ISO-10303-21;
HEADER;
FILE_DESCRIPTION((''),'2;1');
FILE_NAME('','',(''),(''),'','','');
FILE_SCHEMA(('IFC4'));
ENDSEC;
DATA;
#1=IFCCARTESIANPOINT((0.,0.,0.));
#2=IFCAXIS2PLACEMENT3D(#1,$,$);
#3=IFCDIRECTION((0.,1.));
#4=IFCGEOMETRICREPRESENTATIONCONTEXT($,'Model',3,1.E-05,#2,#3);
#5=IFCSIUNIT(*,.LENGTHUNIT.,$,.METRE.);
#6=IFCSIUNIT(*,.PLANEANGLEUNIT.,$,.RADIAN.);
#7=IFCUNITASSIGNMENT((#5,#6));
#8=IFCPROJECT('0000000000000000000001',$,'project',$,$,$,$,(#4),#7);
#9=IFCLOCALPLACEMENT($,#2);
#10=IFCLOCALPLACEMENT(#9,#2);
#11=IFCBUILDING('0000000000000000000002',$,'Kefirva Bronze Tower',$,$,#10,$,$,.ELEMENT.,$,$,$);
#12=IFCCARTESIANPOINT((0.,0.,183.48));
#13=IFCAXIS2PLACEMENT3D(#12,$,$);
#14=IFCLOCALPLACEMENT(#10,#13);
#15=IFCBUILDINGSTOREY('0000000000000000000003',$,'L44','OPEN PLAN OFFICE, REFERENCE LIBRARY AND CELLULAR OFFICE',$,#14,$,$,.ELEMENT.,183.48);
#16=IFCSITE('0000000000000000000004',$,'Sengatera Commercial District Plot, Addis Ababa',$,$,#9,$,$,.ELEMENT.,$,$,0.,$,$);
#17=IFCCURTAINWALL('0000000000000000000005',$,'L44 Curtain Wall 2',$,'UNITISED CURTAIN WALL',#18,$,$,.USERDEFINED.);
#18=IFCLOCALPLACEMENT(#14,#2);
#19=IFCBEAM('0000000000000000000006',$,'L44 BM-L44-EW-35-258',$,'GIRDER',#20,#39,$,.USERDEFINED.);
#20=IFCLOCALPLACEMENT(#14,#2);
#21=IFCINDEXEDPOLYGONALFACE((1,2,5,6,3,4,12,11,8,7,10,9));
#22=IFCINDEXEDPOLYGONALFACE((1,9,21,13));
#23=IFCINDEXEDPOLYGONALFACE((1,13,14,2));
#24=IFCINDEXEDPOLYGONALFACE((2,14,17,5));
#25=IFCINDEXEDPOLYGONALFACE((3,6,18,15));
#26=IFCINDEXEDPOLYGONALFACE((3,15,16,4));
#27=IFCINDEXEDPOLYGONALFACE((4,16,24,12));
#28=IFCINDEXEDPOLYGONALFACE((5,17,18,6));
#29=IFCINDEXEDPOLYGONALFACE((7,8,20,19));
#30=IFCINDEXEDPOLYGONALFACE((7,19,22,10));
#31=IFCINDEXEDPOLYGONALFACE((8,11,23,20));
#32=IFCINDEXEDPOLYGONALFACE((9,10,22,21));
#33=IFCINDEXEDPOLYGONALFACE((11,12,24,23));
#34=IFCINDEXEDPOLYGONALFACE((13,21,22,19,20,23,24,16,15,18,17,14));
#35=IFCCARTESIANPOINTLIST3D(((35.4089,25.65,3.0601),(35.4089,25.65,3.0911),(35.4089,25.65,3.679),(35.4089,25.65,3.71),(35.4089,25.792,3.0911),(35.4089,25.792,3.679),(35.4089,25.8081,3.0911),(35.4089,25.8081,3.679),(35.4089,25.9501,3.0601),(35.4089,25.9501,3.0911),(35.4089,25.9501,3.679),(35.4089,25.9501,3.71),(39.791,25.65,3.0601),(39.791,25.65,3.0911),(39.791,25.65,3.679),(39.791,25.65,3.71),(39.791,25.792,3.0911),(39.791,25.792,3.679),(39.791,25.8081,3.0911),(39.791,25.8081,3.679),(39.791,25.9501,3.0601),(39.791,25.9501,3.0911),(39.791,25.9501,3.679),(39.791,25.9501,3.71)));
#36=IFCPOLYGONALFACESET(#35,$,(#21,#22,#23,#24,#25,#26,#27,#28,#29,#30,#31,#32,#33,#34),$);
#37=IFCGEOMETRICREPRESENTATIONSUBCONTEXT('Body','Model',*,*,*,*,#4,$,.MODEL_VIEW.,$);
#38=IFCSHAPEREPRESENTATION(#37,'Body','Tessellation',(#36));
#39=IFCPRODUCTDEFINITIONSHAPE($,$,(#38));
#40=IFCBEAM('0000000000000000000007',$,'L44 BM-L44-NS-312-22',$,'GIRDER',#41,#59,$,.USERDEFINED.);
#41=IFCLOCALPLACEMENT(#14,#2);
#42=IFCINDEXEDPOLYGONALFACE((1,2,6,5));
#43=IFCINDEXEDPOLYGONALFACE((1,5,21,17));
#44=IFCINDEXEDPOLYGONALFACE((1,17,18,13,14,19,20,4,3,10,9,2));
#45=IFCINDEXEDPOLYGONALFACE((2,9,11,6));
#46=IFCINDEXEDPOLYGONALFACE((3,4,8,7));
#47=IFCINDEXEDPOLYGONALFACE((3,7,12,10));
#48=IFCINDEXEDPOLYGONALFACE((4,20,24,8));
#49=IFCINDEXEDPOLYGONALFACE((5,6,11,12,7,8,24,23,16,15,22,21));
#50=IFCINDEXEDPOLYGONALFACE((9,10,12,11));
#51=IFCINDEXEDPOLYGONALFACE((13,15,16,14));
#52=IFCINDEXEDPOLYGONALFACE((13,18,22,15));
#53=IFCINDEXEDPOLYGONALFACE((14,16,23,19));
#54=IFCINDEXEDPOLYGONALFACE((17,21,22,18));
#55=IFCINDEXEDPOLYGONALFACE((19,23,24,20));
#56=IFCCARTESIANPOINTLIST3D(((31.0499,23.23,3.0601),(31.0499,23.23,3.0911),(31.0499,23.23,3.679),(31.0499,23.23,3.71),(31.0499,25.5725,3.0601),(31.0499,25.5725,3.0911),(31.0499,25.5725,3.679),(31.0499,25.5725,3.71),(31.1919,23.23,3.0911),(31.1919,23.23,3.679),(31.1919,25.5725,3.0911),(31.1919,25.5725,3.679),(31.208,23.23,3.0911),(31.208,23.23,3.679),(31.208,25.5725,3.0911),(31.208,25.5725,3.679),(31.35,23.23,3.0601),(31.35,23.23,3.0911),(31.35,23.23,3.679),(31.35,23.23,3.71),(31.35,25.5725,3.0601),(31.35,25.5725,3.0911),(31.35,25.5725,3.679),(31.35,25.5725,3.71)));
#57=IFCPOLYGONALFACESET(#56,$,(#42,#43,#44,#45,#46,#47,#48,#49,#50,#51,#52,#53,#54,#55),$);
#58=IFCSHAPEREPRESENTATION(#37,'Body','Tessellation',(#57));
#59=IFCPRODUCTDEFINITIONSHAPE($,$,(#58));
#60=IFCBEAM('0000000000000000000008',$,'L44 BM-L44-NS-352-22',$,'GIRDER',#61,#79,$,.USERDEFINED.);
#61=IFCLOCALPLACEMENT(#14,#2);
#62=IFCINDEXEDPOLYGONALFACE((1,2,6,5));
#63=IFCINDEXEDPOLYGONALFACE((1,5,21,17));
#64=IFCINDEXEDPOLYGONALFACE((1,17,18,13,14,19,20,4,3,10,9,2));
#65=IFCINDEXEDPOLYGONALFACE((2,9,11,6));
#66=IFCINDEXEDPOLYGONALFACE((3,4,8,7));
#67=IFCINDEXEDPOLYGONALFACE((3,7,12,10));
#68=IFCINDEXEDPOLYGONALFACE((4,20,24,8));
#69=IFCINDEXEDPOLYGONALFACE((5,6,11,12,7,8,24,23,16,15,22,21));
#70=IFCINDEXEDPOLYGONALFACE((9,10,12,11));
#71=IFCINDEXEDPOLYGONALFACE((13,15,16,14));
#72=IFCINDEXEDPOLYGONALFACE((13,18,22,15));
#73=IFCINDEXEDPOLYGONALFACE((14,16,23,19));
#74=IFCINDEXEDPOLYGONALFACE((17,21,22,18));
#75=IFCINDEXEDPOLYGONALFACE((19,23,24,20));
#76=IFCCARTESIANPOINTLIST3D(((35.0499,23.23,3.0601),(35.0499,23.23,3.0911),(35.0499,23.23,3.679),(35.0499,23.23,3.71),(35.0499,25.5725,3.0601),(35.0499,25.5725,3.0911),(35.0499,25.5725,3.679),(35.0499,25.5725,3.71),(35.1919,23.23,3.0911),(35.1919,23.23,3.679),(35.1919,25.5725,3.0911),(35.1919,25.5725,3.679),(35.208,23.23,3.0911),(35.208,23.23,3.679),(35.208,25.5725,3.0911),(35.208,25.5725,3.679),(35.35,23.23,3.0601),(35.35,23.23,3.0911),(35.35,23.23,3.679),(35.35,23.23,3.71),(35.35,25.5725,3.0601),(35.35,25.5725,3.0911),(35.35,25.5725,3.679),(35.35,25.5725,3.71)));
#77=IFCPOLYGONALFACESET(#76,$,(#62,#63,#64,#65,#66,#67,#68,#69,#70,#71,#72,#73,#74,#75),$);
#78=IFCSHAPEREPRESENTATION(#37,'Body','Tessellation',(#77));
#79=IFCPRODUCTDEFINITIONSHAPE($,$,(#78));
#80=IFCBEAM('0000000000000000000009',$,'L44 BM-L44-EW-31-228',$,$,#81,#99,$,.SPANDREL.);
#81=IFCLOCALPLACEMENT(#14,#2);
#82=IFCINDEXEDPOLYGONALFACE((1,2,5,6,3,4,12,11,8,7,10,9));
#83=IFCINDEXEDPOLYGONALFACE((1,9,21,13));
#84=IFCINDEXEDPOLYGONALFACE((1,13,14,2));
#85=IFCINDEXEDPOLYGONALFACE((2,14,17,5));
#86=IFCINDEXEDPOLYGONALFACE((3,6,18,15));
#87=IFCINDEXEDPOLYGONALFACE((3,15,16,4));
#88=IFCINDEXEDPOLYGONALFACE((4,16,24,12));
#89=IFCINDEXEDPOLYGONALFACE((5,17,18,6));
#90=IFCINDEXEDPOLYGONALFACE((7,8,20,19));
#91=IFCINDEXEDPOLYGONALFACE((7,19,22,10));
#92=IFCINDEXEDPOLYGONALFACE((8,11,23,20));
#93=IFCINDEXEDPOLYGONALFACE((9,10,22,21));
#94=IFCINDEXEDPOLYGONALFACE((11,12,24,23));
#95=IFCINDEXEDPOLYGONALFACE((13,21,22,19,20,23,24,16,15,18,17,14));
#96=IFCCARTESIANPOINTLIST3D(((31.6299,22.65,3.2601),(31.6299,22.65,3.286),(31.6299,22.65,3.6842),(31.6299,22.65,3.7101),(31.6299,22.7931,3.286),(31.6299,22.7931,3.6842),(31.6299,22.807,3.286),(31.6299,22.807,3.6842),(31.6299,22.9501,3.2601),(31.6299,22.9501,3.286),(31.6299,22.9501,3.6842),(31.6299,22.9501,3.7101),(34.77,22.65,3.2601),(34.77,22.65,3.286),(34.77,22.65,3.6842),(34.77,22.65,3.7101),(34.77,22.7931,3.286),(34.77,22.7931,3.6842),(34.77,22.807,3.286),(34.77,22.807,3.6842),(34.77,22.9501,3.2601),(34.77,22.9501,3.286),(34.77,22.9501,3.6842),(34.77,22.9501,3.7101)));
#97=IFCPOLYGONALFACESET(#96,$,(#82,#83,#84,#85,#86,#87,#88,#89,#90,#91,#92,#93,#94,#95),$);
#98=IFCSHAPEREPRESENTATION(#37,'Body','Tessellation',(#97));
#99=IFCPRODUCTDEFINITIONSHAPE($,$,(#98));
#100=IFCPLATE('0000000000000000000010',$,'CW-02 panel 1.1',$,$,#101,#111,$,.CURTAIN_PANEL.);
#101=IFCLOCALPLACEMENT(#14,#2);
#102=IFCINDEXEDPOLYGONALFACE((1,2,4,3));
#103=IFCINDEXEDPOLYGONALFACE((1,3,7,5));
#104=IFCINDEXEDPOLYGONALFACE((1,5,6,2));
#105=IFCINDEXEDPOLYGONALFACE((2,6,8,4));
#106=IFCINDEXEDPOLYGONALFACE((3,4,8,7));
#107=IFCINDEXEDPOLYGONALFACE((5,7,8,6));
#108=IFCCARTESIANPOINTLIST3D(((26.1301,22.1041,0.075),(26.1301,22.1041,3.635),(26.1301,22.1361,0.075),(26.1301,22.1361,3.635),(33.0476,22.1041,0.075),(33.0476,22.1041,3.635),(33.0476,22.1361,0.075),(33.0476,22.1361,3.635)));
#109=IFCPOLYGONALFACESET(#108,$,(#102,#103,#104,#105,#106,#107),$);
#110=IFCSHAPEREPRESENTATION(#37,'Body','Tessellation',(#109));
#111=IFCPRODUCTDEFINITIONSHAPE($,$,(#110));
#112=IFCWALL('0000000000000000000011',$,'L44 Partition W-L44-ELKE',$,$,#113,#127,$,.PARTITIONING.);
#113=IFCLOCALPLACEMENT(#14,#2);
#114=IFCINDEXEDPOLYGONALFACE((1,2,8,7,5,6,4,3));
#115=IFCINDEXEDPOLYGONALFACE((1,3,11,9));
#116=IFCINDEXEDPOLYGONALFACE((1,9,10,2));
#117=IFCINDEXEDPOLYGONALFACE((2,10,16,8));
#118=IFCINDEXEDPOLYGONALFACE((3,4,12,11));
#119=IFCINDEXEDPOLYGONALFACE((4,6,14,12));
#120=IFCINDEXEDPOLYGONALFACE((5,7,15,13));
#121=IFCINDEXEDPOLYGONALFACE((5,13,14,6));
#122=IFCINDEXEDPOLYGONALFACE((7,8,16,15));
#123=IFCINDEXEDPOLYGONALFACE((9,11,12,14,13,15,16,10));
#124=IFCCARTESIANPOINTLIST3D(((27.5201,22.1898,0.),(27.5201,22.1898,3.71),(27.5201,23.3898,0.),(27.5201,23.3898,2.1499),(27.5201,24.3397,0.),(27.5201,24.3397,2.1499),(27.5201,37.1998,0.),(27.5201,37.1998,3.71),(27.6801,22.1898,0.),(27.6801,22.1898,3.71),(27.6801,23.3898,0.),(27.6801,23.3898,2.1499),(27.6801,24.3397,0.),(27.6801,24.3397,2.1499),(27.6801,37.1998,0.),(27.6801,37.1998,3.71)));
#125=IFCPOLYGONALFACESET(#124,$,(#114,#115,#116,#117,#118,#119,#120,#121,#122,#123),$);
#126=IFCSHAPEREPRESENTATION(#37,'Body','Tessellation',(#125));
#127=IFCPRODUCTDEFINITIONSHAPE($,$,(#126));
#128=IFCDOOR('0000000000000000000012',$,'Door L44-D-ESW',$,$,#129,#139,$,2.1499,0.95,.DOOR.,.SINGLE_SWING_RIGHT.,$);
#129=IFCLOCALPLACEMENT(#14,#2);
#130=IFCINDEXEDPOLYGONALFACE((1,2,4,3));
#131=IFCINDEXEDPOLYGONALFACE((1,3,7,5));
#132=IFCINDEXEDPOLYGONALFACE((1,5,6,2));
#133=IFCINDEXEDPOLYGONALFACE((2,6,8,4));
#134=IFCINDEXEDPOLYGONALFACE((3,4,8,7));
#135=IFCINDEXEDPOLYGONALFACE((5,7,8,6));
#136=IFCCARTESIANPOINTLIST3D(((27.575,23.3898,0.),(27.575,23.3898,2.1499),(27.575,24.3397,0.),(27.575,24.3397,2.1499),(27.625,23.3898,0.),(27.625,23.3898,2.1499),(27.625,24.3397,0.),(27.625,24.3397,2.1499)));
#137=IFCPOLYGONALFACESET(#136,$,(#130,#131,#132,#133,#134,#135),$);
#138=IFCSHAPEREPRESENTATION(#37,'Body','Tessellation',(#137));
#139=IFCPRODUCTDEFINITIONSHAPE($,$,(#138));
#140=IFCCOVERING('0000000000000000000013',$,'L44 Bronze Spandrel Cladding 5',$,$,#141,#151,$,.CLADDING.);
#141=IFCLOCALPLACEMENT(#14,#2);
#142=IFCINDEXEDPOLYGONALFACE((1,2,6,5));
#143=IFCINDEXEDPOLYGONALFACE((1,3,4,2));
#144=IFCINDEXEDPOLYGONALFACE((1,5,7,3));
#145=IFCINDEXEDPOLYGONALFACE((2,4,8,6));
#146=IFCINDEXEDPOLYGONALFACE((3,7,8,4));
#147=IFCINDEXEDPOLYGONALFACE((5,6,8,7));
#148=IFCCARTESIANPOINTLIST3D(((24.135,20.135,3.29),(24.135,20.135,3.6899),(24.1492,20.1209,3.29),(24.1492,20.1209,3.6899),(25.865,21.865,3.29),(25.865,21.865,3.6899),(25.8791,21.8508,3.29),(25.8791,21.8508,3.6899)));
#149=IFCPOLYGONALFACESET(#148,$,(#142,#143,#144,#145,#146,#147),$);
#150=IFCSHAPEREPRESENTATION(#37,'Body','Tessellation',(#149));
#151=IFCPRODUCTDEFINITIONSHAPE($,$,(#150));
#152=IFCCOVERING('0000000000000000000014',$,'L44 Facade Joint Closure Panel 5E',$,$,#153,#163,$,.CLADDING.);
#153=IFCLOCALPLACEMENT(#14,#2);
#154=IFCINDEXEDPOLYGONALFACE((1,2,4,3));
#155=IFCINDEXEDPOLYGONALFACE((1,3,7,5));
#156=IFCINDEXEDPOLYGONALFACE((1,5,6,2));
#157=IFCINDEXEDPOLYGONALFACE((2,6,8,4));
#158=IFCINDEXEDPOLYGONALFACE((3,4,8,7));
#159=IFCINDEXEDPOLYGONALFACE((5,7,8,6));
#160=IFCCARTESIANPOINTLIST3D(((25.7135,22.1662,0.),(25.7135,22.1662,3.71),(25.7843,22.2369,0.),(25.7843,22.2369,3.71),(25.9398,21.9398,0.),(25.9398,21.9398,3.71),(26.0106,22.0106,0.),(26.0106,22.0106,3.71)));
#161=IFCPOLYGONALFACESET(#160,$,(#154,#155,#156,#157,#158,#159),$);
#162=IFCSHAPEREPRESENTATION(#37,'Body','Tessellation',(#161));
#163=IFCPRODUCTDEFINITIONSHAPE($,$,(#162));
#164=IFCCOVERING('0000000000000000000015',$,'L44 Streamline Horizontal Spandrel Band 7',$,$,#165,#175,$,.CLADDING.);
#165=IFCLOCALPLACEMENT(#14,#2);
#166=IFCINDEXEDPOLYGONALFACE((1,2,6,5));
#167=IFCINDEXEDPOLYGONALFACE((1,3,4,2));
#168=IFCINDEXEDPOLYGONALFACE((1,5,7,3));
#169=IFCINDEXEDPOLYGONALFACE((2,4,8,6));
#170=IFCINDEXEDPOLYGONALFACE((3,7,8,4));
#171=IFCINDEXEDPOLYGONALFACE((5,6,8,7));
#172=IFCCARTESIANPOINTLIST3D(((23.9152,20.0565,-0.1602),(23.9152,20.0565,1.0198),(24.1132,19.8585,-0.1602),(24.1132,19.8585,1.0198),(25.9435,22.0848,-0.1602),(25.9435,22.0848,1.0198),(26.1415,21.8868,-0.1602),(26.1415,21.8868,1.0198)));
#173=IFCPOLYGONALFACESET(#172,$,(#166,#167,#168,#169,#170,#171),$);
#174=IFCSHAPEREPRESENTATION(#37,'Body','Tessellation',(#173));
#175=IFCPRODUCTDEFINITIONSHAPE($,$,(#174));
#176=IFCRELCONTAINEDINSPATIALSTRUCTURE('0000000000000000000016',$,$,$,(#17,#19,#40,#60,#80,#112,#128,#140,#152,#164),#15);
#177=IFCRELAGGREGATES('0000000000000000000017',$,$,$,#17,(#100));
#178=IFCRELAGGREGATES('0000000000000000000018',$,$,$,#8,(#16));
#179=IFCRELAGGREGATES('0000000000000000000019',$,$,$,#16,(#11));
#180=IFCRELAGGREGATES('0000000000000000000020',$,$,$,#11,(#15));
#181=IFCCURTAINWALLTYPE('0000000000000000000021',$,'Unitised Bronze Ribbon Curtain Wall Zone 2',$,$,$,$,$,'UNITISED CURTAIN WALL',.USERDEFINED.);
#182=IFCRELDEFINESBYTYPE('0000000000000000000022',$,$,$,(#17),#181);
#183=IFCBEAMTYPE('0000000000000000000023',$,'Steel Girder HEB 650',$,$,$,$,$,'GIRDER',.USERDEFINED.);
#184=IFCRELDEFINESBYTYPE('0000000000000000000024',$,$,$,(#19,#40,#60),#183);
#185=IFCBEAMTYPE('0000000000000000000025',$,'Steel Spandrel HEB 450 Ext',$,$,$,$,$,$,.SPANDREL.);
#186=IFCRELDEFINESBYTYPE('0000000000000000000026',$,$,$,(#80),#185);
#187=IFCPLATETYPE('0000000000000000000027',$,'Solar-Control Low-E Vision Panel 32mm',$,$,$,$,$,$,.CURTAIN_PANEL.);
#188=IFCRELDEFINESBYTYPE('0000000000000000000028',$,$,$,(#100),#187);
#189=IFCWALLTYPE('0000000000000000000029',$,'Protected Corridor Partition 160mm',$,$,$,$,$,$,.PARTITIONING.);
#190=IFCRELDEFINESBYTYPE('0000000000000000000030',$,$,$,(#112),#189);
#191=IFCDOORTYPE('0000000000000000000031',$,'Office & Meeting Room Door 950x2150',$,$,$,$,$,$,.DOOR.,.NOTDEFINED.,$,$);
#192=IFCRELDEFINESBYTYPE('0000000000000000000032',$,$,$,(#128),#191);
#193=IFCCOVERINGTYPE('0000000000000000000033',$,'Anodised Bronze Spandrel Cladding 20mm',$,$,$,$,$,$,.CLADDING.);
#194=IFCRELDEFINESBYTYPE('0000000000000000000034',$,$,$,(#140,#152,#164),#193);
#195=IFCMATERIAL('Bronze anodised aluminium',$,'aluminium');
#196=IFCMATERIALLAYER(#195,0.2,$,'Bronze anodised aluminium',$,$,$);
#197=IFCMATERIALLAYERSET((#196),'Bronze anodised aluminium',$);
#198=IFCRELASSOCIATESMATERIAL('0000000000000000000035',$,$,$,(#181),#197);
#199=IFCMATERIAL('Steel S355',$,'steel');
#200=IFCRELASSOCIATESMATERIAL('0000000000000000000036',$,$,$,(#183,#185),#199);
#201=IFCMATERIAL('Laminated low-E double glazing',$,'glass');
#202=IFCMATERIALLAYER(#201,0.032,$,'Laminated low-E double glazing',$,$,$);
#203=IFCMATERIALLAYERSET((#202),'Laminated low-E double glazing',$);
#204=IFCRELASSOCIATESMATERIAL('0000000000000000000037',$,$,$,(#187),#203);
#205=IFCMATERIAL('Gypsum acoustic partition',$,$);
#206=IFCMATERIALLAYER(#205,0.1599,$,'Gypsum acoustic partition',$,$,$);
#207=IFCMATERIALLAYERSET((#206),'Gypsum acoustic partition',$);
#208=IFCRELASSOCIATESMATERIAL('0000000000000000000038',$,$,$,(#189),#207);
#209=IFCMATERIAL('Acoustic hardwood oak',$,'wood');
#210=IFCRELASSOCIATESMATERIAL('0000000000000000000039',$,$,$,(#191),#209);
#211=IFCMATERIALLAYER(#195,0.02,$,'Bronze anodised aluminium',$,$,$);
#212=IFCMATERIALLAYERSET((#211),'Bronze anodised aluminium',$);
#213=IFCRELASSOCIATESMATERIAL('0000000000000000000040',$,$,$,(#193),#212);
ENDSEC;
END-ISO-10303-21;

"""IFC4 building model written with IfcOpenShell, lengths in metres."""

from ifc_helpers import new_model, si_unit, direction, frame, frame_2d, origin, origin_2d, place, context, subcontext, project, spatial, rectangle, i_section, extrude, material, layer, layer_set, material_profile, profile_set, type_object, element, fill, aggregate, save


model = new_model("IFC4")

# Units and contexts
model_context = context("Model", 3, precision=1e-05, world=origin(), true_north=direction((0.0, 1.0)))
body_context = subcontext(model_context, "Body", "Model", "MODEL_VIEW")
ifc_project = project(units=[si_unit("LENGTHUNIT", "METRE"), si_unit("PLANEANGLEUNIT", "RADIAN")], contexts=[model_context])

# Site, building, storey
site_placement = place(None, origin())
site = spatial("IfcSite", under=ifc_project, at=site_placement, Name="Sengatera Commercial District Plot, Addis Ababa", CompositionType="ELEMENT", RefElevation=0.0)
building_placement = place(site_placement, origin())
building = spatial("IfcBuilding", under=site, at=building_placement, Name="Kefirva Bronze Tower", CompositionType="ELEMENT")
storey_placement = place(building_placement, frame((0.0, 0.0, 183.48)))
storey = spatial("IfcBuildingStorey", under=building, at=storey_placement, Name="L44", Description="OPEN PLAN OFFICE, REFERENCE LIBRARY AND CELLULAR OFFICE", CompositionType="ELEMENT", Elevation=183.48)

# Curtain wall
ifc_material_1 = material(Name="Bronze anodised aluminium", Category="aluminium")
ifc_layer_1 = layer(ifc_material_1, 0.2, Name="Bronze anodised aluminium")
ifc_layer_set_1 = layer_set([ifc_layer_1], Name="Bronze anodised aluminium")
curtain_wall_type = type_object("IfcCurtainWallType", Name="Unitised Bronze Ribbon Curtain Wall Zone 2", ElementType="UNITISED CURTAIN WALL", PredefinedType="USERDEFINED", material=ifc_layer_set_1)
curtain_wall_placement = place(storey_placement, origin())
curtain_wall = element("IfcCurtainWall", 1, at=curtain_wall_placement, inside=storey, type_object=curtain_wall_type, Name="L44 Curtain Wall 2", ObjectType="UNITISED CURTAIN WALL", PredefinedType="USERDEFINED")

# Beams
ifc_material_2 = material(Name="Steel S355", Category="steel")
ifc_material_profile_1 = material_profile(ifc_material_2, i_section(OverallWidth=0.3, OverallDepth=0.6499, WebThickness=0.0161, FlangeThickness=0.031, at=origin_2d()), Name="HEB 650")
ifc_profile_set_1 = profile_set([ifc_material_profile_1], Name="Steel S355")
beam_type_1 = type_object("IfcBeamType", Name="Steel Girder HEB 650", ElementType="GIRDER", PredefinedType="USERDEFINED", material=ifc_profile_set_1)
beam_1_placement = place(storey_placement, frame((35.4089, 25.8, 3.385), z_axis=(1.0, 0.0, 0.0), x_axis=(0.0, 1.0, 0.0)))
element("IfcBeam", 2, at=beam_1_placement, inside=storey, type_object=beam_type_1, Name="L44 BM-L44-EW-35-258", ObjectType="GIRDER", PredefinedType="USERDEFINED", context=body_context, shape_type="SweptSolid", body=[
    extrude(i_section(OverallWidth=0.3, OverallDepth=0.6499, WebThickness=0.0161, FlangeThickness=0.031, at=origin_2d()), origin(), (0.0, 0.0, 1.0), 4.3821),
])
for number, where, z_axis, x_axis, name in (
    (3, (31.2, 23.23, 3.385), (0.0, 1.0, 0.0), (-1.0, 0.0, 0.0), "L44 BM-L44-NS-312-22"),
    (4, (35.2, 23.23, 3.385), (0.0, 1.0, 0.0), (-1.0, 0.0, 0.0), "L44 BM-L44-NS-352-22"),
):
    element("IfcBeam", number, at=place(storey_placement, frame(where, z_axis=z_axis, x_axis=x_axis)), inside=storey, type_object=beam_type_1, Name=name, ObjectType="GIRDER", PredefinedType="USERDEFINED", context=body_context, shape_type="SweptSolid", body=[
        extrude(i_section(OverallWidth=0.3, OverallDepth=0.6499, WebThickness=0.0161, FlangeThickness=0.031, at=origin_2d()), origin(), (0.0, 0.0, 1.0), 2.3425),
    ])
ifc_material_profile_2 = material_profile(ifc_material_2, i_section(OverallWidth=0.3, OverallDepth=0.45, WebThickness=0.0139, FlangeThickness=0.0259, at=origin_2d()), Name="HEB 450")
ifc_profile_set_2 = profile_set([ifc_material_profile_2], Name="Steel S355")
beam_type_2 = type_object("IfcBeamType", Name="Steel Spandrel HEB 450 Ext", PredefinedType="SPANDREL", material=ifc_profile_set_2)
beam_2_placement = place(storey_placement, frame((31.6299, 22.8, 3.4851), z_axis=(1.0, 0.0, 0.0), x_axis=(0.0, 1.0, 0.0)))
element("IfcBeam", 5, at=beam_2_placement, inside=storey, type_object=beam_type_2, Name="L44 BM-L44-EW-31-228", PredefinedType="SPANDREL", context=body_context, shape_type="SweptSolid", body=[
    extrude(i_section(OverallWidth=0.3, OverallDepth=0.45, WebThickness=0.0139, FlangeThickness=0.0259, at=origin_2d()), origin(), (0.0, 0.0, 1.0), 3.1401),
])

# Plate
ifc_material_3 = material(Name="Laminated low-E double glazing", Category="glass")
ifc_layer_2 = layer(ifc_material_3, 0.032, Name="Laminated low-E double glazing")
ifc_layer_set_2 = layer_set([ifc_layer_2], Name="Laminated low-E double glazing")
plate_type = type_object("IfcPlateType", Name="Solar-Control Low-E Vision Panel 32mm", PredefinedType="CURTAIN_PANEL", material=ifc_layer_set_2)
plate_placement = place(storey_placement, frame((29.5889, 22.1201, 0.075), z_axis=(0.0, 0.0, 1.0), x_axis=(1.0, 0.0, 0.0)))
plate = element("IfcPlate", 6, at=plate_placement, type_object=plate_type, Name="CW-02 panel 1.1", PredefinedType="CURTAIN_PANEL", context=body_context, shape_type="SweptSolid", body=[
    extrude(rectangle(XDim=6.9175, YDim=0.032, at=origin_2d()), origin(), (0.0, 0.0, 1.0), 3.5601),
])
aggregate(curtain_wall, [plate])

# Wall, opening, door
ifc_material_4 = material(Name="Gypsum acoustic partition")
ifc_layer_3 = layer(ifc_material_4, 0.1599, Name="Gypsum acoustic partition")
ifc_layer_set_3 = layer_set([ifc_layer_3], Name="Gypsum acoustic partition")
wall_type = type_object("IfcWallType", Name="Protected Corridor Partition 160mm", PredefinedType="PARTITIONING", material=ifc_layer_set_3)
wall_placement = place(storey_placement, frame((27.6001, 22.1899, 0.0), z_axis=(0.0, 0.0, 1.0), x_axis=(0.0, 1.0, 0.0)))
wall = element("IfcWall", 7, at=wall_placement, inside=storey, type_object=wall_type, Name="L44 Partition W-L44-ELKE", PredefinedType="PARTITIONING", context=body_context, shape_type="SweptSolid", body=[
    extrude(rectangle(XDim=15.01, YDim=0.1599, at=frame_2d((7.5049, 0.0))), origin(), (0.0, 0.0, 1.0), 3.71),
])
opening_placement = place(wall_placement, frame((2.1499, 0.0, 0.0), z_axis=(0.0, 0.0, 1.0), x_axis=(-1.0, 0.0, 0.0)))
opening = element("IfcOpeningElement", 8, at=opening_placement, cuts=wall, PredefinedType="OPENING", context=body_context, shape_type="SweptSolid", body=[
    extrude(rectangle(XDim=0.95, YDim=2.1499, at=frame_2d((0.4751, 1.075))), frame((0.0, 0.0898, 0.0), z_axis=(0.0, -1.0, 0.0), x_axis=(1.0, 0.0, 0.0)), (0.0, 0.0, 1.0), 0.1799),
])
ifc_material_5 = material(Name="Acoustic hardwood oak", Category="wood")
door_type = type_object("IfcDoorType", Name="Office & Meeting Room Door 950x2150", OperationType="NOTDEFINED", PredefinedType="DOOR", material=ifc_material_5)
door_placement = place(opening_placement, origin())
door = element("IfcDoor", 9, at=door_placement, inside=storey, type_object=door_type, Name="Door L44-D-ESW", OperationType="SINGLE_SWING_RIGHT", OverallHeight=2.1499, OverallWidth=0.95, PredefinedType="DOOR", context=body_context, shape_type="SweptSolid", body=[
    extrude(rectangle(XDim=0.95, YDim=2.1499, at=frame_2d((0.4751, 1.075))), frame((0.0, 0.0249, 0.0), z_axis=(0.0, -1.0, 0.0), x_axis=(1.0, 0.0, 0.0)), (0.0, 0.0, 1.0), 0.05),
])
fill(opening, door)

# Coverings
ifc_layer_4 = layer(ifc_material_1, 0.02, Name="Bronze anodised aluminium")
ifc_layer_set_4 = layer_set([ifc_layer_4], Name="Bronze anodised aluminium")
covering_type_1 = type_object("IfcCoveringType", Name="Anodised Bronze Spandrel Cladding 20mm", PredefinedType="CLADDING", material=ifc_layer_set_4)
covering_1_placement = place(storey_placement, frame((25.0071, 20.9929, 3.29), z_axis=(0.0, 0.0, 1.0), x_axis=(0.707107, 0.707107, 0.0)))
element("IfcCovering", 10, at=covering_1_placement, inside=storey, type_object=covering_type_1, Name="L44 Bronze Spandrel Cladding 5", PredefinedType="CLADDING", context=body_context, shape_type="SweptSolid", body=[
    extrude(rectangle(XDim=2.4465, YDim=0.02, at=origin_2d()), origin(), (0.0, 0.0, 1.0), 0.3999),
])
covering_2_placement = place(storey_placement, frame((25.8621, 22.0884, 0.0), z_axis=(0.0, 0.0, 1.0), x_axis=(0.707107, 0.707107, 0.0)))
element("IfcCovering", 11, at=covering_2_placement, inside=storey, type_object=covering_type_1, Name="L44 Facade Joint Closure Panel 5E", PredefinedType="CLADDING", context=body_context, shape_type="SweptSolid", body=[
    extrude(rectangle(XDim=0.1001, YDim=0.3201, at=origin_2d()), origin(), (0.0, 0.0, 1.0), 3.71),
])
covering_3_placement = place(storey_placement, frame((25.0283, 20.9717, -0.1602), z_axis=(0.0, 0.0, 1.0), x_axis=(0.707107, 0.707107, 0.0)))
element("IfcCovering", 12, at=covering_3_placement, inside=storey, type_object=covering_type_1, Name="L44 Streamline Horizontal Spandrel Band 7", PredefinedType="CLADDING", context=body_context, shape_type="SweptSolid", body=[
    extrude(rectangle(XDim=2.8684, YDim=0.28, at=origin_2d()), origin(), (0.0, 0.0, 1.0), 1.1799),
])

save(model, "model.ifc")
